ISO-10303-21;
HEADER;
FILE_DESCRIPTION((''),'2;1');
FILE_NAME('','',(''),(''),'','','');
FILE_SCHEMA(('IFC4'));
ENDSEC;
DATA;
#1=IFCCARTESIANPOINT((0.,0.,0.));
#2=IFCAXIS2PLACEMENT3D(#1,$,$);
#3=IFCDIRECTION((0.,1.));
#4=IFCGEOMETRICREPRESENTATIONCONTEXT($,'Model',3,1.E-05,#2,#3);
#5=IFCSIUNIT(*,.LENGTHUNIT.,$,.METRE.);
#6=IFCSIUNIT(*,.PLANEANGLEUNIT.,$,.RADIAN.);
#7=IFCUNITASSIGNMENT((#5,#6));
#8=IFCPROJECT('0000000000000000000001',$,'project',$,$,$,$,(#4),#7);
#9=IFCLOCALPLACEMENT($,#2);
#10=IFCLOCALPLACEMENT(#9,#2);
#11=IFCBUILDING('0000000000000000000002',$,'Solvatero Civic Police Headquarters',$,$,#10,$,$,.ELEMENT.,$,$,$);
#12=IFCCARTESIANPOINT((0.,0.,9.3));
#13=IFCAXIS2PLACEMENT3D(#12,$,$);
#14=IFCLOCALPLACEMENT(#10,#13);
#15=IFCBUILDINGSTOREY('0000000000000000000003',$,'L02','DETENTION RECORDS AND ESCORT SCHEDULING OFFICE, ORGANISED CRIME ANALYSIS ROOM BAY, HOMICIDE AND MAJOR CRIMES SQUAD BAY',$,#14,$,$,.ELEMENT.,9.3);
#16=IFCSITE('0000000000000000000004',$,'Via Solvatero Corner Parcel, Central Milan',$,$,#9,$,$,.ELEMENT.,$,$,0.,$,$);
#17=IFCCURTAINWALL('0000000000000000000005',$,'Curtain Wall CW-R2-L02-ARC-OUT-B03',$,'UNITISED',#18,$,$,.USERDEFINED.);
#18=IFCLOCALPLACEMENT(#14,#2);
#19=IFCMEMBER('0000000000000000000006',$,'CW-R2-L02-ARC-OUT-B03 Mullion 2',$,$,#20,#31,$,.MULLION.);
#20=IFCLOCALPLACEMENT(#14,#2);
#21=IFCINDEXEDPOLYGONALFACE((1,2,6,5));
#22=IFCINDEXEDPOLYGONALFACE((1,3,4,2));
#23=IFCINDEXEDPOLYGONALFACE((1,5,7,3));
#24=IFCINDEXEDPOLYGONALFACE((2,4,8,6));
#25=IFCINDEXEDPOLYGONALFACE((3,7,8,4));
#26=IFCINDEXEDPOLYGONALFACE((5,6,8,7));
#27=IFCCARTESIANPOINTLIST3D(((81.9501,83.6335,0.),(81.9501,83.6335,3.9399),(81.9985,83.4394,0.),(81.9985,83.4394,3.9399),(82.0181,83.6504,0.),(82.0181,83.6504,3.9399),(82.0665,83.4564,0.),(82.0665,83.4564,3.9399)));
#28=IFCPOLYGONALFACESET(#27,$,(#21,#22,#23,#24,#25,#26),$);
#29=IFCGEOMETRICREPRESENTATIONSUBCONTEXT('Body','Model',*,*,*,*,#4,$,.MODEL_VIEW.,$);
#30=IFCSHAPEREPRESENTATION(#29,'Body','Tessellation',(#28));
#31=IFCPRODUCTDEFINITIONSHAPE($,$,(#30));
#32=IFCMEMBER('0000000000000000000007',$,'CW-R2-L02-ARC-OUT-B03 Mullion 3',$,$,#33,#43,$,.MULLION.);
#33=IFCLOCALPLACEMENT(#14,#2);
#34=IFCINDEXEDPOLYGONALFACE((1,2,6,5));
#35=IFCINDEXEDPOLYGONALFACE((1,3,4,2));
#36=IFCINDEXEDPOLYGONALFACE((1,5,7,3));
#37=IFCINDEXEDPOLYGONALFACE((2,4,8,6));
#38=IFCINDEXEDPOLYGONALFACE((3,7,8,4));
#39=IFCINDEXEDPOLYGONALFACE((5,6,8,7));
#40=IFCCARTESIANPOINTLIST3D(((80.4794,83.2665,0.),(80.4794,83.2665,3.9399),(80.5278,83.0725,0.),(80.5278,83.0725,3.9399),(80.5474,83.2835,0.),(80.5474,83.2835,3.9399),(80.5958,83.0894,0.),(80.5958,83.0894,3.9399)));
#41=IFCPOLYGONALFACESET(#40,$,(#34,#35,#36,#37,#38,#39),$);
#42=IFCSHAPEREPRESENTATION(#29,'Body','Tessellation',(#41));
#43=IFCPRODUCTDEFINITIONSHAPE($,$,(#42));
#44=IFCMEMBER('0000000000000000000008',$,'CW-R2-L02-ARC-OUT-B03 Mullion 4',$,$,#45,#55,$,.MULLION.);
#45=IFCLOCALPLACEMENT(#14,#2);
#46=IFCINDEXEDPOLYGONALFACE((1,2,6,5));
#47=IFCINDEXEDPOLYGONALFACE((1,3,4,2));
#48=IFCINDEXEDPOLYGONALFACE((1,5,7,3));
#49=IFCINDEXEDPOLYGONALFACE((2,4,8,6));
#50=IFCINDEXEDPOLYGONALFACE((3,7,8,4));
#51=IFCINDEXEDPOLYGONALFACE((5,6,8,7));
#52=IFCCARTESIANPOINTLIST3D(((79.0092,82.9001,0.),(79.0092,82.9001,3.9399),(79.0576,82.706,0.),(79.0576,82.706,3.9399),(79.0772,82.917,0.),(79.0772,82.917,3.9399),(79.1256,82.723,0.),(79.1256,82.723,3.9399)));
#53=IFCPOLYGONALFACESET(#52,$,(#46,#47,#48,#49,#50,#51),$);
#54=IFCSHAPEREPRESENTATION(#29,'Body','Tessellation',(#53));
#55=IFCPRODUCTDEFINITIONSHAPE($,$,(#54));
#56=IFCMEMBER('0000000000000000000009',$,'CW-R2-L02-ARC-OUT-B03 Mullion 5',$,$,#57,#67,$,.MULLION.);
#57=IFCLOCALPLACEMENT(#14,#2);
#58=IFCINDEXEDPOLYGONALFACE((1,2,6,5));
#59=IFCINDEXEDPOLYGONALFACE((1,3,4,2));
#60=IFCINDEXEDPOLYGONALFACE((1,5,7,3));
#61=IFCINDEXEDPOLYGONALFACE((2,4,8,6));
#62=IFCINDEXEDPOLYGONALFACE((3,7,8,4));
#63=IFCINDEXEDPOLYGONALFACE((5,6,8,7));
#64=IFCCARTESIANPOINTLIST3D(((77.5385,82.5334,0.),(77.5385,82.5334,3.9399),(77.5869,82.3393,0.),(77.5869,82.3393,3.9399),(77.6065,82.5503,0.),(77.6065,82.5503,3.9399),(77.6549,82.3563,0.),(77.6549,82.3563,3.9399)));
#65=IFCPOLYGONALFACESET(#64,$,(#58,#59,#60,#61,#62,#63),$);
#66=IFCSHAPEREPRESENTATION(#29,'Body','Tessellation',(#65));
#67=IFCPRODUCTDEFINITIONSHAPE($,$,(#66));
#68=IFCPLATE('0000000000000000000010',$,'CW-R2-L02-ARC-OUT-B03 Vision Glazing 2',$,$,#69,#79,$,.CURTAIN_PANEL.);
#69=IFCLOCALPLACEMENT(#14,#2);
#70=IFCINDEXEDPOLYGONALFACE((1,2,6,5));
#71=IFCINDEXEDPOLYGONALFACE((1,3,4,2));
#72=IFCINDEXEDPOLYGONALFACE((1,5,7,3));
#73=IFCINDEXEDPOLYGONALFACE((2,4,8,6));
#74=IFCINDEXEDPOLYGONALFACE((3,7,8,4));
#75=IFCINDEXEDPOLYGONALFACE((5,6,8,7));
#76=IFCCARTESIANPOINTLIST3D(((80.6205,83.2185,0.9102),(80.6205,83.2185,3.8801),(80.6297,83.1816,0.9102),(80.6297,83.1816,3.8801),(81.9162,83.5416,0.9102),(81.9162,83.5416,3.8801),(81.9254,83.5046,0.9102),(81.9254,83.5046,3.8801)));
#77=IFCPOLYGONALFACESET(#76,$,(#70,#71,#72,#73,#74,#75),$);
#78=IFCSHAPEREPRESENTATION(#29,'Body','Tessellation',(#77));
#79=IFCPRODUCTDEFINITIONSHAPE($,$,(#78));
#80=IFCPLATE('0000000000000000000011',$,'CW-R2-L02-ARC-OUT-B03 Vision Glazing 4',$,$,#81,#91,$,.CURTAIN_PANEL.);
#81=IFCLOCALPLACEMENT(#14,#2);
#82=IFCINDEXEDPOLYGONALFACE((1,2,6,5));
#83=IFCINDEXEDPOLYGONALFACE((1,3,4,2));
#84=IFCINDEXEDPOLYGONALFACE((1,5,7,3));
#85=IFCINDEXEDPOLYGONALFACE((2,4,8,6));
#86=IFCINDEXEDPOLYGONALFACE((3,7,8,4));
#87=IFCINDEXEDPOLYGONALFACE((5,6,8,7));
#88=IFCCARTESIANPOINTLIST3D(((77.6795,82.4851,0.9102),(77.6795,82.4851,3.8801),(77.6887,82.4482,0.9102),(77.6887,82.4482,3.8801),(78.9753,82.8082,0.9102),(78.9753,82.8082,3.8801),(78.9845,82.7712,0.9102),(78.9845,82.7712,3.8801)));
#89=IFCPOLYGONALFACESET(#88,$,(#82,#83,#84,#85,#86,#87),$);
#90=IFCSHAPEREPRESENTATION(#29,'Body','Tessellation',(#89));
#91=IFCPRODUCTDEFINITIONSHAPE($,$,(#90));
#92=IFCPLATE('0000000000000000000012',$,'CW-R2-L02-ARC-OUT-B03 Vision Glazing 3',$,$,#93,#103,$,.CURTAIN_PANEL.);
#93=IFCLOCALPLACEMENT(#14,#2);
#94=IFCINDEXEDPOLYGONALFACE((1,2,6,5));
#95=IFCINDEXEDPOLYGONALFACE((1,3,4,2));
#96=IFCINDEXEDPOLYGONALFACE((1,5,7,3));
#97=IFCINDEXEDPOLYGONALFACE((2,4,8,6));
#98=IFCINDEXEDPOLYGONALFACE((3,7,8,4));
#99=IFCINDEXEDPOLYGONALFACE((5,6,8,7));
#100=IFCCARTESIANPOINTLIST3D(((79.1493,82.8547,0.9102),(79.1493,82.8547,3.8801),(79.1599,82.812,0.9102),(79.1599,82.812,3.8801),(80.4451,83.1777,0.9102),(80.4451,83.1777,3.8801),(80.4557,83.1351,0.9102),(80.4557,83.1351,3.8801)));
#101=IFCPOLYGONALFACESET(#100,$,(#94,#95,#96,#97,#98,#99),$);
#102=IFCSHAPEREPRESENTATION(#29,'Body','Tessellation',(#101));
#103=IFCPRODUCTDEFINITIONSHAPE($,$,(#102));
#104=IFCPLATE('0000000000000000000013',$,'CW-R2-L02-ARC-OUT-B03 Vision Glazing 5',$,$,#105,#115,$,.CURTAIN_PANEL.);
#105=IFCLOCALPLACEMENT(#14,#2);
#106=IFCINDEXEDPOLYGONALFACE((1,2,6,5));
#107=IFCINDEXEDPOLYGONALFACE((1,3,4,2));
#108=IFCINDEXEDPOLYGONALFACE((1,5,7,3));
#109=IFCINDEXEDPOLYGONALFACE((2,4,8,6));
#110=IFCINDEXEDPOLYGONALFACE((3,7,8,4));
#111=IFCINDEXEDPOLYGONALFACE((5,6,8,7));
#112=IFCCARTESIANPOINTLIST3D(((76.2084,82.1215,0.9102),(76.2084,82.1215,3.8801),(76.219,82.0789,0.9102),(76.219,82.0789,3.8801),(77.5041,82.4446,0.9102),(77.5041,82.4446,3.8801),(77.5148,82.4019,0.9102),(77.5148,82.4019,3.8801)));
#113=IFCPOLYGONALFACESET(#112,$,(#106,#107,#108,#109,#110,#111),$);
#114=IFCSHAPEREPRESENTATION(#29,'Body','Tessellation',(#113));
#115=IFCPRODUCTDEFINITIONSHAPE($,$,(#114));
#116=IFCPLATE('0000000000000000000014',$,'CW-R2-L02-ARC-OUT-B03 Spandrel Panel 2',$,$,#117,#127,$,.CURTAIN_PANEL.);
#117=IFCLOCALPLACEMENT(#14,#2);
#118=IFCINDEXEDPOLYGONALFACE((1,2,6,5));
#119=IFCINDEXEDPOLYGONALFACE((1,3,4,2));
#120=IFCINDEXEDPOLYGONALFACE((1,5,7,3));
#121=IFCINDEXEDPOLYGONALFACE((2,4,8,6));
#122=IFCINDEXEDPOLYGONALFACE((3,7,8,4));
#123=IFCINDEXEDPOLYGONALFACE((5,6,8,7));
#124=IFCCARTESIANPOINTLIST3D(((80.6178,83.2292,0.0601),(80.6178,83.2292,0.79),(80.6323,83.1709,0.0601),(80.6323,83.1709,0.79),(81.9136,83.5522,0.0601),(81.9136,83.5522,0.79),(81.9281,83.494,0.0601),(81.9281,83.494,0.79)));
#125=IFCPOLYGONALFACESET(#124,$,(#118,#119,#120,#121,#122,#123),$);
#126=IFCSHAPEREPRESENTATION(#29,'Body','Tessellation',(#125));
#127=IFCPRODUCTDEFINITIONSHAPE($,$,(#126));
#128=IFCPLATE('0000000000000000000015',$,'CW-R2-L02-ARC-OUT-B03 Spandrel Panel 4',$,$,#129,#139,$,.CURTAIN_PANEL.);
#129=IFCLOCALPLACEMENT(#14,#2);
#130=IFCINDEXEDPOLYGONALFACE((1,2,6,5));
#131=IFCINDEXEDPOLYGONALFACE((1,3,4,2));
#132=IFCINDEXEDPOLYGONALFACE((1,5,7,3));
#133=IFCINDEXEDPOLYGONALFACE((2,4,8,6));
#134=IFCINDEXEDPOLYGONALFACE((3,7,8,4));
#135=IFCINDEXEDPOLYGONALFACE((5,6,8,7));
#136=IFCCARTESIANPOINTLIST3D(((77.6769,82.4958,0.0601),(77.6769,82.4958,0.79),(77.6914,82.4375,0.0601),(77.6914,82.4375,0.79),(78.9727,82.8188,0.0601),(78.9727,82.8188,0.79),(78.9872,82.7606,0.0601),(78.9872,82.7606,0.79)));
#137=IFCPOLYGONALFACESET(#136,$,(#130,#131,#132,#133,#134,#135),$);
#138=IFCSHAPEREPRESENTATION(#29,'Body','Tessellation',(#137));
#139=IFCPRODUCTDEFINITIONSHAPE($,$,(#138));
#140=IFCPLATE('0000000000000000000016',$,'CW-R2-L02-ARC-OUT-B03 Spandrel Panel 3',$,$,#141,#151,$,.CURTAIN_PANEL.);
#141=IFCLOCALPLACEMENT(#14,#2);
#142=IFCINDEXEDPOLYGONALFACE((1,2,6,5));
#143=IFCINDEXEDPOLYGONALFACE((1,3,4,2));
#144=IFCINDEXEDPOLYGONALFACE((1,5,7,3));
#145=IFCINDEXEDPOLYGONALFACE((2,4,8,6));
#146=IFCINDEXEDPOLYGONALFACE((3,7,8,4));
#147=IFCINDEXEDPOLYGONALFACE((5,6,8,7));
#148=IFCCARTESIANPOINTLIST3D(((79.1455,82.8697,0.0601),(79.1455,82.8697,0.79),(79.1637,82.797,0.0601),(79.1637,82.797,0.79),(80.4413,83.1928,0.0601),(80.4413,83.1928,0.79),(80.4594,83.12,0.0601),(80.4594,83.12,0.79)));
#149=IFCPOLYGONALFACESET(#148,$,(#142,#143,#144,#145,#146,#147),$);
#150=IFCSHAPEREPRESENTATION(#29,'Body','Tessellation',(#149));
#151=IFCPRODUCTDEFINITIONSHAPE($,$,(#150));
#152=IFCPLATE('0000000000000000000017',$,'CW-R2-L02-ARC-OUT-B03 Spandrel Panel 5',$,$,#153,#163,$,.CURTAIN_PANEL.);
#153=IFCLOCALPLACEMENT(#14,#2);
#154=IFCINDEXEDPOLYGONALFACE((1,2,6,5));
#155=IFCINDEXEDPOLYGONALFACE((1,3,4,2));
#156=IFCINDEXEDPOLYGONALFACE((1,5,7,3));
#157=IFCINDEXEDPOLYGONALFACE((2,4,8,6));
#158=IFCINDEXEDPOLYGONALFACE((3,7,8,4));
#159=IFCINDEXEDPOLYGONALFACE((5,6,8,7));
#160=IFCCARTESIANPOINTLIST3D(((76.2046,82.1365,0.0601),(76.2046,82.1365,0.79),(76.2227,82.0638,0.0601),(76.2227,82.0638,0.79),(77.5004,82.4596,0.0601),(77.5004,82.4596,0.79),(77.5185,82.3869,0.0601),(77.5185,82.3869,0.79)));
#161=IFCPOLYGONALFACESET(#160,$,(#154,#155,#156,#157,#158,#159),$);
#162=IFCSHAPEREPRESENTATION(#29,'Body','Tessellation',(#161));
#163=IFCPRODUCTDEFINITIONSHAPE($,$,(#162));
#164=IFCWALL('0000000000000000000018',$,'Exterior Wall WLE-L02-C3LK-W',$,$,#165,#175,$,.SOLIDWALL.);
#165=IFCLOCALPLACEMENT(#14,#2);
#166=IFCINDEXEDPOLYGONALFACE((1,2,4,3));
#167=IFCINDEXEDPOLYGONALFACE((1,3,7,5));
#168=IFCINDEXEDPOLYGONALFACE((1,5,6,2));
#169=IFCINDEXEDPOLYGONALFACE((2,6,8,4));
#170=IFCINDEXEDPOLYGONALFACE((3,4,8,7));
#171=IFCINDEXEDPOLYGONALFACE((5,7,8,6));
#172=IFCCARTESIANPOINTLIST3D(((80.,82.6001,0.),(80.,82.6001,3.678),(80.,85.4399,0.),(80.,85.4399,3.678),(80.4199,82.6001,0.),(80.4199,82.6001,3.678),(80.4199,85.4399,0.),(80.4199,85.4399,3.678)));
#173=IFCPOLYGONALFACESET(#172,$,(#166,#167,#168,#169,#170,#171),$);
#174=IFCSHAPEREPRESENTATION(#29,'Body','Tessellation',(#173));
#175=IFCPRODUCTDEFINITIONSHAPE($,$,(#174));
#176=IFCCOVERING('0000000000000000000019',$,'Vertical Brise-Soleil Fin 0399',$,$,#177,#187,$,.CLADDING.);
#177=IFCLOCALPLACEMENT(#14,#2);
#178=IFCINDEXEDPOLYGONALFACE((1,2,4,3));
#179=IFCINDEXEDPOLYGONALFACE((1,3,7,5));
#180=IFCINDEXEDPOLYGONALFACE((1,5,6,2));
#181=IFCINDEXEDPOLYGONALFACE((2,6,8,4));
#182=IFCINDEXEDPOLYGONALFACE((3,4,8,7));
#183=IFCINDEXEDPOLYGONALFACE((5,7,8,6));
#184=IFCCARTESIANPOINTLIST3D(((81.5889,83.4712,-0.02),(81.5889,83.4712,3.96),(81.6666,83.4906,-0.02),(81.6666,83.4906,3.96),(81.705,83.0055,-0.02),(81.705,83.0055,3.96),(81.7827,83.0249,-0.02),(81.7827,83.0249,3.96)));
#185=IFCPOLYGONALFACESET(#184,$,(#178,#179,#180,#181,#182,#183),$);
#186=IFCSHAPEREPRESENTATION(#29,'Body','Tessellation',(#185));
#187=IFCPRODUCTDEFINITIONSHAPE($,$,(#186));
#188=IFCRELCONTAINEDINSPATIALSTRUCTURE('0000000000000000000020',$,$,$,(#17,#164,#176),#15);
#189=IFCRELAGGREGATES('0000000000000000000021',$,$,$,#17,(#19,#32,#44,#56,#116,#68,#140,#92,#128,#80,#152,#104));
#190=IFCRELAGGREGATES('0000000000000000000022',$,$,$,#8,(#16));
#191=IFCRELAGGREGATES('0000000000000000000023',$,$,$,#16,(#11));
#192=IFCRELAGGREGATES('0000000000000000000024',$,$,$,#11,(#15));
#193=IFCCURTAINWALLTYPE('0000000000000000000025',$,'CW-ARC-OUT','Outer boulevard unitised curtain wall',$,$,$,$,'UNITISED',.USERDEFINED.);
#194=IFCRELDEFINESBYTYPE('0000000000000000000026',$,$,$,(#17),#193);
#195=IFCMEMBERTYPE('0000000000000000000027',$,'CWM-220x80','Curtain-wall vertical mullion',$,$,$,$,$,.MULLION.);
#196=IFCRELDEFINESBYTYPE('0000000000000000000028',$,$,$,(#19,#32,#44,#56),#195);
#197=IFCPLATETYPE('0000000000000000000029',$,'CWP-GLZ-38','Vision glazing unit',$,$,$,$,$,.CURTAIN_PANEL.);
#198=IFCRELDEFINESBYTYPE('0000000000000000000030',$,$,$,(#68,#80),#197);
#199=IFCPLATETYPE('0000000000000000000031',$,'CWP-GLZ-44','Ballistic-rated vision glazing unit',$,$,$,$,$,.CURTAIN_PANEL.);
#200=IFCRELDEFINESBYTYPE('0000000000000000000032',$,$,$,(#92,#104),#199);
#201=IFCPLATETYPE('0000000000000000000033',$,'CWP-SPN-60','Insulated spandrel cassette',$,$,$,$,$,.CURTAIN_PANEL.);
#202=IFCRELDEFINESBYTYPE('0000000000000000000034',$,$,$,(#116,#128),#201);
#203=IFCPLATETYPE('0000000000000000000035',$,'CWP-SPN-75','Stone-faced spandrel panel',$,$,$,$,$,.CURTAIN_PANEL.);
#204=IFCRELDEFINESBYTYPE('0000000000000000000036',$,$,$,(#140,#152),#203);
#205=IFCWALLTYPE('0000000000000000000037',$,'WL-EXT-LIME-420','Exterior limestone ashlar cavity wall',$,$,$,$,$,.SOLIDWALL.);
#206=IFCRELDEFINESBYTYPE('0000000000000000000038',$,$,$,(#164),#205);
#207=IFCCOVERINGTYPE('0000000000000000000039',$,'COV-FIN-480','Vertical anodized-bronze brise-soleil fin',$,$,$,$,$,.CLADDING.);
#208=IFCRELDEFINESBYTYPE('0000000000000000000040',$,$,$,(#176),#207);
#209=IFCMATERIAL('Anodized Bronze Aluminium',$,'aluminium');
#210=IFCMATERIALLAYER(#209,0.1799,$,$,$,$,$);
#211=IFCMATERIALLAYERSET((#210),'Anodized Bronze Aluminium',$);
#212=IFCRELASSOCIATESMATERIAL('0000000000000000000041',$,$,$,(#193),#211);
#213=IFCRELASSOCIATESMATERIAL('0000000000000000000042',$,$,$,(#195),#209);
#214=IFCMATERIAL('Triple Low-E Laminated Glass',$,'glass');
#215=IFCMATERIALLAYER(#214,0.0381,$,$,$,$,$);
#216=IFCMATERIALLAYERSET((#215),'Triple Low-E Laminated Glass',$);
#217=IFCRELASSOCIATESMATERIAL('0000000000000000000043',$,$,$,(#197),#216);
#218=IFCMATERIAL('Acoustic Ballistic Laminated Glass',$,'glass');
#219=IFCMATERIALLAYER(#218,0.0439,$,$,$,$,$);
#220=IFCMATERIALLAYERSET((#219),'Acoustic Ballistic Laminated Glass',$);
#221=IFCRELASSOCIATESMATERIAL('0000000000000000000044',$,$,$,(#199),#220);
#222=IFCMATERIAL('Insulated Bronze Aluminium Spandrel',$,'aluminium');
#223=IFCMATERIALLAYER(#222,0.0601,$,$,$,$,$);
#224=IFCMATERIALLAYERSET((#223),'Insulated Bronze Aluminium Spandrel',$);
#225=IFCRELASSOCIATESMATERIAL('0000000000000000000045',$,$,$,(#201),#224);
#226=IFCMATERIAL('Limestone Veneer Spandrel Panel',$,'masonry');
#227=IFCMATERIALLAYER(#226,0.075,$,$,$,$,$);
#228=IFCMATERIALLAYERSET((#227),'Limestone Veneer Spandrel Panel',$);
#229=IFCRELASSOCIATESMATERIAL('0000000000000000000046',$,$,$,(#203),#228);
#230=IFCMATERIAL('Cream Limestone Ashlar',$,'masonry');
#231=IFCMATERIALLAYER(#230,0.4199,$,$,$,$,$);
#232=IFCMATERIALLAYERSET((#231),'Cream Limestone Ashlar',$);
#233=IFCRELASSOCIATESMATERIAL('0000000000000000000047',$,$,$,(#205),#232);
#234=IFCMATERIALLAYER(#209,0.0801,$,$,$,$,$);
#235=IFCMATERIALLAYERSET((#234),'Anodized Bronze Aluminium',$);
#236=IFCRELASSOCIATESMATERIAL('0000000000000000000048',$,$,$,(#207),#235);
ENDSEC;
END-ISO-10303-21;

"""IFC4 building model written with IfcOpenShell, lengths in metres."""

from ifc_helpers import new_model, si_unit, direction, frame, frame_2d, origin, origin_2d, place, context, subcontext, project, spatial, rectangle, extrude, material, layer, layer_set, material_profile, profile_set, type_object, element, aggregate, save


model = new_model("IFC4")

# Units and contexts
model_context = context("Model", 3, precision=1e-05, world=origin(), true_north=direction((0.0, 1.0)))
body_context = subcontext(model_context, "Body", "Model", "MODEL_VIEW")
ifc_project = project(units=[si_unit("LENGTHUNIT", "METRE"), si_unit("PLANEANGLEUNIT", "RADIAN")], contexts=[model_context])

# Site, building, storey
site_placement = place(None, origin())
site = spatial("IfcSite", under=ifc_project, at=site_placement, Name="Via Solvatero Corner Parcel, Central Milan", CompositionType="ELEMENT", RefElevation=0.0)
building_placement = place(site_placement, origin())
building = spatial("IfcBuilding", under=site, at=building_placement, Name="Solvatero Civic Police Headquarters", CompositionType="ELEMENT")
storey_placement = place(building_placement, frame((0.0, 0.0, 9.3)))
storey = spatial("IfcBuildingStorey", under=building, at=storey_placement, Name="L02", Description="DETENTION RECORDS AND ESCORT SCHEDULING OFFICE, ORGANISED CRIME ANALYSIS ROOM BAY, HOMICIDE AND MAJOR CRIMES SQUAD BAY", CompositionType="ELEMENT", Elevation=9.3)

# Curtain wall, members, plates
ifc_material_1 = material(Name="Anodized Bronze Aluminium", Category="aluminium")
ifc_layer_1 = layer(ifc_material_1, 0.1799)
ifc_layer_set_1 = layer_set([ifc_layer_1], Name="Anodized Bronze Aluminium")
curtain_wall_type = type_object("IfcCurtainWallType", Name="CW-ARC-OUT", Description="Outer boulevard unitised curtain wall", ElementType="UNITISED", PredefinedType="USERDEFINED", material=ifc_layer_set_1)
curtain_wall_placement = place(storey_placement, origin())
curtain_wall = element("IfcCurtainWall", 1, at=curtain_wall_placement, inside=storey, type_object=curtain_wall_type, Name="Curtain Wall CW-R2-L02-ARC-OUT-B03", ObjectType="UNITISED", PredefinedType="USERDEFINED")
ifc_material_profile = material_profile(ifc_material_1, rectangle(XDim=0.0701, YDim=0.2, at=origin_2d()), Name="ALU MULLION 70x200")
ifc_profile_set = profile_set([ifc_material_profile], Name="Anodized Bronze Aluminium")
member_type = type_object("IfcMemberType", Name="CWM-220x80", Description="Curtain-wall vertical mullion", PredefinedType="MULLION", material=ifc_profile_set)
member_1_placement = place(storey_placement, frame((82.0083, 83.5449, 0.0), z_axis=(0.0, 0.0, 1.0), x_axis=(-0.970296, -0.241922, 0.0)))
member_1 = element("IfcMember", 2, at=member_1_placement, type_object=member_type, Name="CW-R2-L02-ARC-OUT-B03 Mullion 2", PredefinedType="MULLION", context=body_context, shape_type="SweptSolid", body=[
    extrude(rectangle(XDim=0.0701, YDim=0.2, at=origin_2d()), origin(), (0.0, 0.0, 1.0), 3.9399),
])
member_2_placement = place(storey_placement, frame((80.5376, 83.178, 0.0), z_axis=(0.0, 0.0, 1.0), x_axis=(-0.970296, -0.241922, 0.0)))
member_2 = element("IfcMember", 3, at=member_2_placement, type_object=member_type, Name="CW-R2-L02-ARC-OUT-B03 Mullion 3", PredefinedType="MULLION", context=body_context, shape_type="SweptSolid", body=[
    extrude(rectangle(XDim=0.0701, YDim=0.2, at=origin_2d()), origin(), (0.0, 0.0, 1.0), 3.9399),
])
member_3_placement = place(storey_placement, frame((79.0674, 82.8115, 0.0), z_axis=(0.0, 0.0, 1.0), x_axis=(-0.970296, -0.241922, 0.0)))
member_3 = element("IfcMember", 4, at=member_3_placement, type_object=member_type, Name="CW-R2-L02-ARC-OUT-B03 Mullion 4", PredefinedType="MULLION", context=body_context, shape_type="SweptSolid", body=[
    extrude(rectangle(XDim=0.0701, YDim=0.2, at=origin_2d()), origin(), (0.0, 0.0, 1.0), 3.9399),
])
member_4_placement = place(storey_placement, frame((77.5967, 82.4448, 0.0), z_axis=(0.0, 0.0, 1.0), x_axis=(-0.970296, -0.241922, 0.0)))
member_4 = element("IfcMember", 5, at=member_4_placement, type_object=member_type, Name="CW-R2-L02-ARC-OUT-B03 Mullion 5", PredefinedType="MULLION", context=body_context, shape_type="SweptSolid", body=[
    extrude(rectangle(XDim=0.0701, YDim=0.2, at=origin_2d()), origin(), (0.0, 0.0, 1.0), 3.9399),
])
ifc_material_2 = material(Name="Triple Low-E Laminated Glass", Category="glass")
ifc_layer_2 = layer(ifc_material_2, 0.0381)
ifc_layer_set_2 = layer_set([ifc_layer_2], Name="Triple Low-E Laminated Glass")
plate_type_1 = type_object("IfcPlateType", Name="CWP-GLZ-38", Description="Vision glazing unit", PredefinedType="CURTAIN_PANEL", material=ifc_layer_set_2)
plate_1_placement = place(storey_placement, frame((81.2729, 83.3616, 0.9102), z_axis=(0.0, 0.0, 1.0), x_axis=(-0.970296, -0.241922, 0.0)))
plate_1 = element("IfcPlate", 6, at=plate_1_placement, type_object=plate_type_1, Name="CW-R2-L02-ARC-OUT-B03 Vision Glazing 2", PredefinedType="CURTAIN_PANEL", context=body_context, shape_type="SweptSolid", body=[
    extrude(rectangle(XDim=1.3354, YDim=0.0381, at=origin_2d()), origin(), (0.0, 0.0, 1.0), 2.97),
])
plate_2_placement = place(storey_placement, frame((78.332, 82.6282, 0.9102), z_axis=(0.0, 0.0, 1.0), x_axis=(-0.970296, -0.241922, 0.0)))
plate_2 = element("IfcPlate", 7, at=plate_2_placement, type_object=plate_type_1, Name="CW-R2-L02-ARC-OUT-B03 Vision Glazing 4", PredefinedType="CURTAIN_PANEL", context=body_context, shape_type="SweptSolid", body=[
    extrude(rectangle(XDim=1.3354, YDim=0.0381, at=origin_2d()), origin(), (0.0, 0.0, 1.0), 2.97),
])
ifc_material_3 = material(Name="Acoustic Ballistic Laminated Glass", Category="glass")
ifc_layer_3 = layer(ifc_material_3, 0.0439)
ifc_layer_set_3 = layer_set([ifc_layer_3], Name="Acoustic Ballistic Laminated Glass")
plate_type_2 = type_object("IfcPlateType", Name="CWP-GLZ-44", Description="Ballistic-rated vision glazing unit", PredefinedType="CURTAIN_PANEL", material=ifc_layer_set_3)
plate_3_placement = place(storey_placement, frame((79.8025, 82.9949, 0.9102), z_axis=(0.0, 0.0, 1.0), x_axis=(-0.970296, -0.241922, 0.0)))
plate_3 = element("IfcPlate", 8, at=plate_3_placement, type_object=plate_type_2, Name="CW-R2-L02-ARC-OUT-B03 Vision Glazing 3", PredefinedType="CURTAIN_PANEL", context=body_context, shape_type="SweptSolid", body=[
    extrude(rectangle(XDim=1.3354, YDim=0.0439, at=origin_2d()), origin(), (0.0, 0.0, 1.0), 2.97),
])
plate_4_placement = place(storey_placement, frame((76.8616, 82.2617, 0.9102), z_axis=(0.0, 0.0, 1.0), x_axis=(-0.970296, -0.241922, 0.0)))
plate_4 = element("IfcPlate", 9, at=plate_4_placement, type_object=plate_type_2, Name="CW-R2-L02-ARC-OUT-B03 Vision Glazing 5", PredefinedType="CURTAIN_PANEL", context=body_context, shape_type="SweptSolid", body=[
    extrude(rectangle(XDim=1.3354, YDim=0.0439, at=origin_2d()), origin(), (0.0, 0.0, 1.0), 2.97),
])
ifc_material_4 = material(Name="Insulated Bronze Aluminium Spandrel", Category="aluminium")
ifc_layer_4 = layer(ifc_material_4, 0.0601)
ifc_layer_set_4 = layer_set([ifc_layer_4], Name="Insulated Bronze Aluminium Spandrel")
plate_type_3 = type_object("IfcPlateType", Name="CWP-SPN-60", Description="Insulated spandrel cassette", PredefinedType="CURTAIN_PANEL", material=ifc_layer_set_4)
plate_5_placement = place(storey_placement, frame((81.2729, 83.3616, 0.0601), z_axis=(0.0, 0.0, 1.0), x_axis=(-0.970296, -0.241922, 0.0)))
plate_5 = element("IfcPlate", 10, at=plate_5_placement, type_object=plate_type_3, Name="CW-R2-L02-ARC-OUT-B03 Spandrel Panel 2", PredefinedType="CURTAIN_PANEL", context=body_context, shape_type="SweptSolid", body=[
    extrude(rectangle(XDim=1.3354, YDim=0.0601, at=origin_2d()), origin(), (0.0, 0.0, 1.0), 0.73),
])
plate_6_placement = place(storey_placement, frame((78.332, 82.6282, 0.0601), z_axis=(0.0, 0.0, 1.0), x_axis=(-0.970296, -0.241922, 0.0)))
plate_6 = element("IfcPlate", 11, at=plate_6_placement, type_object=plate_type_3, Name="CW-R2-L02-ARC-OUT-B03 Spandrel Panel 4", PredefinedType="CURTAIN_PANEL", context=body_context, shape_type="SweptSolid", body=[
    extrude(rectangle(XDim=1.3354, YDim=0.0601, at=origin_2d()), origin(), (0.0, 0.0, 1.0), 0.73),
])
ifc_material_5 = material(Name="Limestone Veneer Spandrel Panel", Category="masonry")
ifc_layer_5 = layer(ifc_material_5, 0.075)
ifc_layer_set_5 = layer_set([ifc_layer_5], Name="Limestone Veneer Spandrel Panel")
plate_type_4 = type_object("IfcPlateType", Name="CWP-SPN-75", Description="Stone-faced spandrel panel", PredefinedType="CURTAIN_PANEL", material=ifc_layer_set_5)
plate_7_placement = place(storey_placement, frame((79.8025, 82.9949, 0.0601), z_axis=(0.0, 0.0, 1.0), x_axis=(-0.970296, -0.241922, 0.0)))
plate_7 = element("IfcPlate", 12, at=plate_7_placement, type_object=plate_type_4, Name="CW-R2-L02-ARC-OUT-B03 Spandrel Panel 3", PredefinedType="CURTAIN_PANEL", context=body_context, shape_type="SweptSolid", body=[
    extrude(rectangle(XDim=1.3354, YDim=0.075, at=origin_2d()), origin(), (0.0, 0.0, 1.0), 0.73),
])
plate_8_placement = place(storey_placement, frame((76.8616, 82.2617, 0.0601), z_axis=(0.0, 0.0, 1.0), x_axis=(-0.970296, -0.241922, 0.0)))
plate_8 = element("IfcPlate", 13, at=plate_8_placement, type_object=plate_type_4, Name="CW-R2-L02-ARC-OUT-B03 Spandrel Panel 5", PredefinedType="CURTAIN_PANEL", context=body_context, shape_type="SweptSolid", body=[
    extrude(rectangle(XDim=1.3354, YDim=0.075, at=origin_2d()), origin(), (0.0, 0.0, 1.0), 0.73),
])
aggregate(curtain_wall, [member_1, member_2, member_3, member_4, plate_5, plate_1, plate_7, plate_3, plate_6, plate_2, plate_8, plate_4])

# Wall
ifc_material_6 = material(Name="Cream Limestone Ashlar", Category="masonry")
ifc_layer_6 = layer(ifc_material_6, 0.4199)
ifc_layer_set_6 = layer_set([ifc_layer_6], Name="Cream Limestone Ashlar")
wall_type = type_object("IfcWallType", Name="WL-EXT-LIME-420", Description="Exterior limestone ashlar cavity wall", PredefinedType="SOLIDWALL", material=ifc_layer_set_6)
wall_placement = place(storey_placement, frame((80.21, 82.6001, 0.0), z_axis=(0.0, 0.0, 1.0), x_axis=(0.0, 1.0, 0.0)))
element("IfcWall", 14, at=wall_placement, inside=storey, type_object=wall_type, Name="Exterior Wall WLE-L02-C3LK-W", PredefinedType="SOLIDWALL", context=body_context, shape_type="SweptSolid", body=[
    extrude(rectangle(XDim=2.8398, YDim=0.4199, at=frame_2d((1.4199, 0.0))), origin(), (0.0, 0.0, 1.0), 3.678),
])

# Covering
ifc_layer_7 = layer(ifc_material_1, 0.0801)
ifc_layer_set_7 = layer_set([ifc_layer_7], Name="Anodized Bronze Aluminium")
covering_type = type_object("IfcCoveringType", Name="COV-FIN-480", Description="Vertical anodized-bronze brise-soleil fin", PredefinedType="CLADDING", material=ifc_layer_set_7)
for number, where, z_axis, x_axis, name in (
    (15, (81.6858, 83.248, -0.02), (0.0, 0.0, 1.0), (-0.970296, -0.241922, 0.0), "Vertical Brise-Soleil Fin 0399"),
):
    element("IfcCovering", number, at=place(storey_placement, frame(where, z_axis=z_axis, x_axis=x_axis)), inside=storey, type_object=covering_type, Name=name, PredefinedType="CLADDING", context=body_context, shape_type="SweptSolid", body=[
        extrude(rectangle(XDim=0.0801, YDim=0.48, at=origin_2d()), origin(), (0.0, 0.0, 1.0), 3.98),
    ])

save(model, "model.ifc")
